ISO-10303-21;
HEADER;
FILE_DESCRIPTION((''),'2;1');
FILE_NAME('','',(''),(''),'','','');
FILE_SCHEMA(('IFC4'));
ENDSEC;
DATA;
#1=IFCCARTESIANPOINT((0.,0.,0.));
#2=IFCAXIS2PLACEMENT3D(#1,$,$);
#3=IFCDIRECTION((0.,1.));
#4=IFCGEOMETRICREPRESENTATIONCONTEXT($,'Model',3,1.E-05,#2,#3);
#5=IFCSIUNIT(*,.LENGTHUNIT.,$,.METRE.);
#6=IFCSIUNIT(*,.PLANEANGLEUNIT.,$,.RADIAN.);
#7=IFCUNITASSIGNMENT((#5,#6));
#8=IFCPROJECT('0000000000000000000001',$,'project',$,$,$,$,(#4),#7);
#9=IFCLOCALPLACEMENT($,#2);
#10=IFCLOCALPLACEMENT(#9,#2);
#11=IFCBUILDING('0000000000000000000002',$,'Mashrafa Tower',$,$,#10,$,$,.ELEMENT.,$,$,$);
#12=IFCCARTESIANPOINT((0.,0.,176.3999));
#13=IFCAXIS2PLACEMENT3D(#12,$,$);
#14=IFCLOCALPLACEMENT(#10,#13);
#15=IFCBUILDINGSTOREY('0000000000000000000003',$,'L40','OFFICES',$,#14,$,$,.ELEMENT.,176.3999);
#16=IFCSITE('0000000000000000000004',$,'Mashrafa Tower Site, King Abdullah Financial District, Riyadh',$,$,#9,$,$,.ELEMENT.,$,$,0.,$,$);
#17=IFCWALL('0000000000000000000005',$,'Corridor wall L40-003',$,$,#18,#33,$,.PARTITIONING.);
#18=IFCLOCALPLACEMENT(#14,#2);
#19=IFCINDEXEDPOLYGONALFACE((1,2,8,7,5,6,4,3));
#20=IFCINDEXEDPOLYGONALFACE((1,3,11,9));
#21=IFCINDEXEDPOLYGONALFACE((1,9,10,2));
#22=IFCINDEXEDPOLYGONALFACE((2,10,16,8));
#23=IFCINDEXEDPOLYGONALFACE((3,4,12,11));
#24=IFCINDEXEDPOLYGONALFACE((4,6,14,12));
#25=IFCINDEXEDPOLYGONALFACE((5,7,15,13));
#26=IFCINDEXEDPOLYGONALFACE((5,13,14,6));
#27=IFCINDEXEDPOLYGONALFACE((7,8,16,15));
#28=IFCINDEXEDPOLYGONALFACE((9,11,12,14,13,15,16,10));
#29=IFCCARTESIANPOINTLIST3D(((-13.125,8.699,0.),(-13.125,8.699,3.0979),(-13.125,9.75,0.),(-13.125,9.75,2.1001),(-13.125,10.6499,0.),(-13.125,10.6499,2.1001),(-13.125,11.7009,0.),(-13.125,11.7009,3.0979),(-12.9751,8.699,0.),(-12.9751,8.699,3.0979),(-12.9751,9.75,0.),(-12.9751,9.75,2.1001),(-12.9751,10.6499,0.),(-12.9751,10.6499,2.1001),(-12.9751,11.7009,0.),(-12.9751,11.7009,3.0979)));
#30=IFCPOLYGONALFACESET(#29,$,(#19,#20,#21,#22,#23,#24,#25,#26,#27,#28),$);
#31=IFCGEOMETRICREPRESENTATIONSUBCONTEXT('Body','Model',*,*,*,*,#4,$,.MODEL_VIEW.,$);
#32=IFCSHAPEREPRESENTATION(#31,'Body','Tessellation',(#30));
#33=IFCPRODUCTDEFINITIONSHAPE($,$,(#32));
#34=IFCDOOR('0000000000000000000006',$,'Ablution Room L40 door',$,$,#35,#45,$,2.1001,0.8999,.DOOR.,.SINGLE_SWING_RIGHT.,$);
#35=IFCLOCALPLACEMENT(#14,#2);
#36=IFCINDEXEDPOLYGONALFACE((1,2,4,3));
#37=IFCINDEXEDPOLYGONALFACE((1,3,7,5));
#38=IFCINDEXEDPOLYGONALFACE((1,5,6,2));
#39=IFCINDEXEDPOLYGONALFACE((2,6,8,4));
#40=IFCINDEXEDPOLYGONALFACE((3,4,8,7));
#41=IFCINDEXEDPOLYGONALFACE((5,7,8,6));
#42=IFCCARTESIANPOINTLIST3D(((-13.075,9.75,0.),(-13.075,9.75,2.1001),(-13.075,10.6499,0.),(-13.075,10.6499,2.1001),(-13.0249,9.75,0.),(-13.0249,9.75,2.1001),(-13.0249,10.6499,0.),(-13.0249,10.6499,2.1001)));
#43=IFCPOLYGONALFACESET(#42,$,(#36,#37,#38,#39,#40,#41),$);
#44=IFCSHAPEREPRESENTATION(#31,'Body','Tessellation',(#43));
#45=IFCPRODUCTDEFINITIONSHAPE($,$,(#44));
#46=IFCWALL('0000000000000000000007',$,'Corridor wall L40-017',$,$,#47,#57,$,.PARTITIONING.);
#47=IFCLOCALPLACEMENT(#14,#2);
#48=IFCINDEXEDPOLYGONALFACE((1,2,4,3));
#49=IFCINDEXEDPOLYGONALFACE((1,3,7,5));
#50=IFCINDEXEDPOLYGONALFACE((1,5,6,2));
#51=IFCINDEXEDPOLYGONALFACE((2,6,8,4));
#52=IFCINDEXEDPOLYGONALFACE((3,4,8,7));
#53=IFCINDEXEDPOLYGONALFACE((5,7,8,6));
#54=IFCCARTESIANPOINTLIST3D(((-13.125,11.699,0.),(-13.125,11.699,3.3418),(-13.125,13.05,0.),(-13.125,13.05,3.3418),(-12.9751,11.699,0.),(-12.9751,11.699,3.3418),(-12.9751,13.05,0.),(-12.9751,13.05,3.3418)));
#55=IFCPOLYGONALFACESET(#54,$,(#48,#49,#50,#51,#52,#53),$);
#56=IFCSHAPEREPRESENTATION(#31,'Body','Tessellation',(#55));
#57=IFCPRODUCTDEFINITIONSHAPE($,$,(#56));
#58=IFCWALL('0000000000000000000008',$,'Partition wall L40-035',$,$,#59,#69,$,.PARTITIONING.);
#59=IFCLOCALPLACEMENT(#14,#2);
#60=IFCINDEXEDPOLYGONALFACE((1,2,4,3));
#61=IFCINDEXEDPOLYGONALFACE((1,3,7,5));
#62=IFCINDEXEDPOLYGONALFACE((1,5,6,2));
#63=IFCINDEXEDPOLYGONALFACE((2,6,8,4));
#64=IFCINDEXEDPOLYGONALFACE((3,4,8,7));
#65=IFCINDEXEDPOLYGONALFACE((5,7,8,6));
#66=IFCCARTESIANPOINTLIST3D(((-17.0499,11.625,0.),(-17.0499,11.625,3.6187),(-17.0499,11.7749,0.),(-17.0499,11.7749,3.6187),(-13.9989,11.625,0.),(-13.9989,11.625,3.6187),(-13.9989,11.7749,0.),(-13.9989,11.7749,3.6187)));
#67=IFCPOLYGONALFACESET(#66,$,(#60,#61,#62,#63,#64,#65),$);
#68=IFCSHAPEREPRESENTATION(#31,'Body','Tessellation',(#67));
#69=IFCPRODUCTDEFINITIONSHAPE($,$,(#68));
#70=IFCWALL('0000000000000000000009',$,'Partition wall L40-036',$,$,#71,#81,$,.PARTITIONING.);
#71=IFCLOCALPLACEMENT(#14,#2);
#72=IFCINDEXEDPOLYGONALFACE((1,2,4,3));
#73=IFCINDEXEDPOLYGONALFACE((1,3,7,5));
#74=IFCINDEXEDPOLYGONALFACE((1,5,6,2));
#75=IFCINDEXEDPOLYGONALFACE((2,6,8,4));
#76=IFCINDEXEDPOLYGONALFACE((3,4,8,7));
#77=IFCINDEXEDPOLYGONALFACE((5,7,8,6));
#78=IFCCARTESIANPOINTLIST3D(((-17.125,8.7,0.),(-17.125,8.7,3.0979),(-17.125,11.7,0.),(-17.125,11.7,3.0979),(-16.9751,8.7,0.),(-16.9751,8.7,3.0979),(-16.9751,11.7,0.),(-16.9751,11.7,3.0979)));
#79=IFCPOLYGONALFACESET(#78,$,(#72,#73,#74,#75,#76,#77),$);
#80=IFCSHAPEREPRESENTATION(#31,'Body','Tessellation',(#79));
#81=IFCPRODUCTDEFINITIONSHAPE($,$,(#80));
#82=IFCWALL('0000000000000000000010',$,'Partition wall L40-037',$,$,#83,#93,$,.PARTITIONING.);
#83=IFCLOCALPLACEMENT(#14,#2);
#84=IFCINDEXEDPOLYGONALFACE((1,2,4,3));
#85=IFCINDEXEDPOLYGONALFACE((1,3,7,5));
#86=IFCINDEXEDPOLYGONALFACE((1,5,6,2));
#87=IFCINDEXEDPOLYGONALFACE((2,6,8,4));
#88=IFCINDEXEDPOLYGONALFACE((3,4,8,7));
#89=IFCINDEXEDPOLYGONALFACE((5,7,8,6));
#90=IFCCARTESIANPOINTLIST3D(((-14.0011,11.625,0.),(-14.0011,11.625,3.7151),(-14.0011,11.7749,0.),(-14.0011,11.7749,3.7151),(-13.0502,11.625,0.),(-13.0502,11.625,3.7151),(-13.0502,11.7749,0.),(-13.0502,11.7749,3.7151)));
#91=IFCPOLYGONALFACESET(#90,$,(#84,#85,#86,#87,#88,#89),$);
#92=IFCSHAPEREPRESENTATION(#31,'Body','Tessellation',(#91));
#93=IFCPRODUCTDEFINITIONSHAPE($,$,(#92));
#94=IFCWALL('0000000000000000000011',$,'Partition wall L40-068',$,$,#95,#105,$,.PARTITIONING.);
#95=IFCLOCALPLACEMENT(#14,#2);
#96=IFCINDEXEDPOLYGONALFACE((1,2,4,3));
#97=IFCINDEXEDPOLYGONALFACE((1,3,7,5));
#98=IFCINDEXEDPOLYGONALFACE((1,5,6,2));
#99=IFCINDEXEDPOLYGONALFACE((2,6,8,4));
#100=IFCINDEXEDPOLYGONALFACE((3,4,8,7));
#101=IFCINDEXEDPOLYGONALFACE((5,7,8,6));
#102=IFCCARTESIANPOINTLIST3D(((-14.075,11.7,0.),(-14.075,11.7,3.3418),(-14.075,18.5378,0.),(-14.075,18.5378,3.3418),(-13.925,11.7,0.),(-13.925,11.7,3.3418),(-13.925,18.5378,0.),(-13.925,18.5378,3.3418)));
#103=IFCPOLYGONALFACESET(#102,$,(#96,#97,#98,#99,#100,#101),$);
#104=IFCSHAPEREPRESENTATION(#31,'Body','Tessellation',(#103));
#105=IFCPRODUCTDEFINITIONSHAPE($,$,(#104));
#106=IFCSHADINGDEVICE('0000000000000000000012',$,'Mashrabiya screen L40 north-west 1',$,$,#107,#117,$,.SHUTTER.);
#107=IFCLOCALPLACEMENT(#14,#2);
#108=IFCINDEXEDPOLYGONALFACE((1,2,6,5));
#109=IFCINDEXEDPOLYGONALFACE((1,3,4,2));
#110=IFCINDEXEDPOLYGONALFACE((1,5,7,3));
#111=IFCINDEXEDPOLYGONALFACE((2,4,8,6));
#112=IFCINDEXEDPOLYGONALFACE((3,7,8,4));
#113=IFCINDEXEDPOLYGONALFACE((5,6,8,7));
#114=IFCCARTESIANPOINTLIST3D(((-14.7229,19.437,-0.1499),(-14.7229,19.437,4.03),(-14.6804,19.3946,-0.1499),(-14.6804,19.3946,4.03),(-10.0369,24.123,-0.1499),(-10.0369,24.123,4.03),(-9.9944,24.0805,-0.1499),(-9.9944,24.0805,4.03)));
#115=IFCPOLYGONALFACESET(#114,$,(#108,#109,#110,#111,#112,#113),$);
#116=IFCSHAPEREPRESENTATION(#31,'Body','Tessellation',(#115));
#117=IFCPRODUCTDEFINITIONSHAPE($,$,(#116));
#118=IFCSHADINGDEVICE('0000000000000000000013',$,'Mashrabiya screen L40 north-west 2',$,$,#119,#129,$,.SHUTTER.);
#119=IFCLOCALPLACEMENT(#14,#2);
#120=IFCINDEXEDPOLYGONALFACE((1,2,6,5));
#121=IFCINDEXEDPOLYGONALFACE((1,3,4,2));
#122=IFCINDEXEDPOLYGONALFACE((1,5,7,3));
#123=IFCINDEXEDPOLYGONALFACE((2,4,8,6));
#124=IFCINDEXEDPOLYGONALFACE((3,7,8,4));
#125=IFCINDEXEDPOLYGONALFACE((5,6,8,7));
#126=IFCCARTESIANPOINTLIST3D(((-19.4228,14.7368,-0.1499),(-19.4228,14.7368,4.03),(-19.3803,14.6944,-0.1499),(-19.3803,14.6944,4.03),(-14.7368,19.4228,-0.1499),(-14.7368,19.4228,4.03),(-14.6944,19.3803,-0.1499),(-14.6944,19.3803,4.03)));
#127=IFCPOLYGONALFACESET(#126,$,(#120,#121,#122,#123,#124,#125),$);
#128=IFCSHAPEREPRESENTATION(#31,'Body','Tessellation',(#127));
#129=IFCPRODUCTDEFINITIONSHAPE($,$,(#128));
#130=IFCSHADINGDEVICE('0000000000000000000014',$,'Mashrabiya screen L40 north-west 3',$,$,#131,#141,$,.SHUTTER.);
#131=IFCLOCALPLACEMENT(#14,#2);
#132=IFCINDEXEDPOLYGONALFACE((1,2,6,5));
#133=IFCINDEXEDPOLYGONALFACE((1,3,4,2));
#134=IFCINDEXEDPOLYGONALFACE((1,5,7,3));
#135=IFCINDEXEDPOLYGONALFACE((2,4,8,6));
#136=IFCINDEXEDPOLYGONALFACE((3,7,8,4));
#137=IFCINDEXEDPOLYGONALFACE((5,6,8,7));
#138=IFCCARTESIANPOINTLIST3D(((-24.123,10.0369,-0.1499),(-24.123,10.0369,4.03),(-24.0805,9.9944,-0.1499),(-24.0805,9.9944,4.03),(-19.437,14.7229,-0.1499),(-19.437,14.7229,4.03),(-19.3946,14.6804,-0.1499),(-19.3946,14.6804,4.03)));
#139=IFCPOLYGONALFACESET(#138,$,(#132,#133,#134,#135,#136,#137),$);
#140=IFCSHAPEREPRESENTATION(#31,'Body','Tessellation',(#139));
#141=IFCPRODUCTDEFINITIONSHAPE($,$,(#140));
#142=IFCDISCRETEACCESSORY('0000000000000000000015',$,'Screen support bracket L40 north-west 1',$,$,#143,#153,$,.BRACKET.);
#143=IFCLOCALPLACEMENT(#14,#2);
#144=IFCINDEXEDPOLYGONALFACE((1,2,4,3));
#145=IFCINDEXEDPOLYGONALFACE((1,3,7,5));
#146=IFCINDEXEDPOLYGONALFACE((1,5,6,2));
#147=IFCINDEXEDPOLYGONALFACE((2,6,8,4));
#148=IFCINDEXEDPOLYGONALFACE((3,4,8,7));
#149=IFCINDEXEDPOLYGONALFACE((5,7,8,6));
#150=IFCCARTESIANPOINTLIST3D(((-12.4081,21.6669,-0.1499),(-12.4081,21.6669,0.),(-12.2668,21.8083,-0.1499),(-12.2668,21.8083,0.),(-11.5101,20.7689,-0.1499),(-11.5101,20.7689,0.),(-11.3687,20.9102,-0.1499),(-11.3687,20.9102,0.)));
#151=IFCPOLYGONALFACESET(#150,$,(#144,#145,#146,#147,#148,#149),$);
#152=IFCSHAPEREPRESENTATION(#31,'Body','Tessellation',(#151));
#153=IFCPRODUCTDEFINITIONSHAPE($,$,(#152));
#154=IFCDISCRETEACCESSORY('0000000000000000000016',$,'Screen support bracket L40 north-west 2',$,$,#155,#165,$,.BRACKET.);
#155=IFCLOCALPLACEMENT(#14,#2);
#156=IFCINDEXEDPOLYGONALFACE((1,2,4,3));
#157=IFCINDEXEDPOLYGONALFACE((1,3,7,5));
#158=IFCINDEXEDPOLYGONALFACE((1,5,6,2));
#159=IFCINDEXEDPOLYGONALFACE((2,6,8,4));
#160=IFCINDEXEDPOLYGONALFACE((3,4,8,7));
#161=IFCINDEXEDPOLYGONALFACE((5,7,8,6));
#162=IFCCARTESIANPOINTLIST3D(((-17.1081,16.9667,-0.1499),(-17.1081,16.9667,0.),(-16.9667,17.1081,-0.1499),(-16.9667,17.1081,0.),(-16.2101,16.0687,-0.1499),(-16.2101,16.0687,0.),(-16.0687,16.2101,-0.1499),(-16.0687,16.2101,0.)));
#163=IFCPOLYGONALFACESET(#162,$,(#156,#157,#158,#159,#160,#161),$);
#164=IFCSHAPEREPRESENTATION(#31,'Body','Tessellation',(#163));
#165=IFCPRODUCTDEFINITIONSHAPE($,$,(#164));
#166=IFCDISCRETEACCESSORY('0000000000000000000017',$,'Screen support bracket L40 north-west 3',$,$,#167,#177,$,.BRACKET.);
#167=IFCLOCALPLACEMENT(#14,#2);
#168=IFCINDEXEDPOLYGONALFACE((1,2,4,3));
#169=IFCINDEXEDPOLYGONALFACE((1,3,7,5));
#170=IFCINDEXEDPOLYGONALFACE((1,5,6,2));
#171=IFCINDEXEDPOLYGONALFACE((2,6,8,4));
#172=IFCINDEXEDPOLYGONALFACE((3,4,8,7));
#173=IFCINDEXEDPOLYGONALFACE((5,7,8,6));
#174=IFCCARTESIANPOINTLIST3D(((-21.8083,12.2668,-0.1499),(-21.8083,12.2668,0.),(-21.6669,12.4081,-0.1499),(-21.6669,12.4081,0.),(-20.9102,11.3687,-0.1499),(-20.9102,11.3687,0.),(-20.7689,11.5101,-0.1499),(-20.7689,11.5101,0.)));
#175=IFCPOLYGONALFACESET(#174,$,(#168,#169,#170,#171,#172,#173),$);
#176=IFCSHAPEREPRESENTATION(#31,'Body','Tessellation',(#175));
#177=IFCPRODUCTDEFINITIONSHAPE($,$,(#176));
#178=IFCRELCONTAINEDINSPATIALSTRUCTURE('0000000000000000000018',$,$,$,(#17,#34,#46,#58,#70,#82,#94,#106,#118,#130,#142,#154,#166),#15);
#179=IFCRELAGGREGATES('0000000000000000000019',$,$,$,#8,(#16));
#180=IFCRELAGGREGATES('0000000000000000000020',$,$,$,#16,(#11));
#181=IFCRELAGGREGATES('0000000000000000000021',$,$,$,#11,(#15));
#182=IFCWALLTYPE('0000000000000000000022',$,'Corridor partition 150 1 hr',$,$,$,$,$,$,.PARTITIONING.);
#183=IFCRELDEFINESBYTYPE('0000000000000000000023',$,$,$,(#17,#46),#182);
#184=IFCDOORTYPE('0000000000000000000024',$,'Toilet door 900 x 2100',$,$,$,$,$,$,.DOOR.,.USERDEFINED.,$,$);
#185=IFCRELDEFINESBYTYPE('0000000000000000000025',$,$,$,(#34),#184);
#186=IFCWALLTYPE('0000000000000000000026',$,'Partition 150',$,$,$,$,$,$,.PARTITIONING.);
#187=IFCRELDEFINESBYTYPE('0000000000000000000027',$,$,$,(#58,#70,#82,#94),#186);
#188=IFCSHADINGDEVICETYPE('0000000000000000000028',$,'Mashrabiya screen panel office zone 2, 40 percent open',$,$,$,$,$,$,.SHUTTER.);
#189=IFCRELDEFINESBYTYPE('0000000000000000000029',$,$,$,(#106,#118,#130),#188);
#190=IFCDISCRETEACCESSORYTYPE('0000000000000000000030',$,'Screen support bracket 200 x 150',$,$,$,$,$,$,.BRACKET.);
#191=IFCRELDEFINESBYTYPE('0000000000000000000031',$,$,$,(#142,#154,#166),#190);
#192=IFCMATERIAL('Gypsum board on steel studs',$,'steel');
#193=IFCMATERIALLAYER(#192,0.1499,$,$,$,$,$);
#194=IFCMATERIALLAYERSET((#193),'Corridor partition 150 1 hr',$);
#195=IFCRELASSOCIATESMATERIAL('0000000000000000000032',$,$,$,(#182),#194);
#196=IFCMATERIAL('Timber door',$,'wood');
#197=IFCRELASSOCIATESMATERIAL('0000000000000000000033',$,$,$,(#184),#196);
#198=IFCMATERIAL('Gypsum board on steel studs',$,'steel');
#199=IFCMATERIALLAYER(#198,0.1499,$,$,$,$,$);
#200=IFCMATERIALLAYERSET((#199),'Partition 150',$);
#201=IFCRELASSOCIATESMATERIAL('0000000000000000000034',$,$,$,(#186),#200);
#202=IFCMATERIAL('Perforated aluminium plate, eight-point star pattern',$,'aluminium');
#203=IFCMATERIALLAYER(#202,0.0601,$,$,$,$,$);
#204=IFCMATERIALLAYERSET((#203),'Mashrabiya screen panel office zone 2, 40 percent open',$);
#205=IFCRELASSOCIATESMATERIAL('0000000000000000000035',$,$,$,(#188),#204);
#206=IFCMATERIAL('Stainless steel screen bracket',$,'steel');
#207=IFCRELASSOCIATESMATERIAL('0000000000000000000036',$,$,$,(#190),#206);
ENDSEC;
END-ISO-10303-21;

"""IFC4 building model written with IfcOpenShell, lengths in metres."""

from ifc_helpers import new_model, si_unit, direction, frame, frame_2d, origin, origin_2d, place, context, subcontext, project, spatial, rectangle, extrude, source, transform, mapped, material, layer, layer_set, type_object, type_shapes, element, fill, save


model = new_model("IFC4")

# Units and contexts
model_context = context("Model", 3, precision=1e-05, world=origin(), true_north=direction((0.0, 1.0)))
body_context = subcontext(model_context, "Body", "Model", "MODEL_VIEW")
ifc_project = project(units=[si_unit("LENGTHUNIT", "METRE"), si_unit("PLANEANGLEUNIT", "RADIAN")], contexts=[model_context])

# Site, building, storey
site_placement = place(None, origin())
site = spatial("IfcSite", under=ifc_project, at=site_placement, Name="Mashrafa Tower Site, King Abdullah Financial District, Riyadh", CompositionType="ELEMENT", RefElevation=0.0)
building_placement = place(site_placement, origin())
building = spatial("IfcBuilding", under=site, at=building_placement, Name="Mashrafa Tower", CompositionType="ELEMENT")
storey_placement = place(building_placement, frame((0.0, 0.0, 176.3999)))
storey = spatial("IfcBuildingStorey", under=building, at=storey_placement, Name="L40", Description="OFFICES", CompositionType="ELEMENT", Elevation=176.3999)

# Wall, opening, door
ifc_material_1 = material(Name="Gypsum board on steel studs", Category="steel")
ifc_layer_1 = layer(ifc_material_1, 0.1499)
ifc_layer_set_1 = layer_set([ifc_layer_1], Name="Corridor partition 150 1 hr")
wall_type_1 = type_object("IfcWallType", Name="Corridor partition 150 1 hr", PredefinedType="PARTITIONING", material=ifc_layer_set_1)
wall_1_placement = place(storey_placement, frame((-13.05, 11.7009, 0.0), z_axis=(0.0, 0.0, 1.0), x_axis=(0.0, -1.0, 0.0)))
wall_1 = element("IfcWall", 1, at=wall_1_placement, inside=storey, type_object=wall_type_1, Name="Corridor wall L40-003", PredefinedType="PARTITIONING", context=body_context, shape_type="SweptSolid", body=[
    extrude(rectangle(XDim=3.002, YDim=0.1499, at=frame_2d((1.501, 0.0))), origin(), (0.0, 0.0, 1.0), 3.0979),
])
opening_placement = place(wall_1_placement, frame((1.051, 0.0, 0.0)))
opening = element("IfcOpeningElement", 2, at=opening_placement, cuts=wall_1, PredefinedType="OPENING", context=body_context, shape_type="SweptSolid", body=[
    extrude(rectangle(XDim=0.8999, YDim=2.1001, at=frame_2d((0.45, 1.05))), frame((0.0, 0.085, 0.0), z_axis=(0.0, -1.0, 0.0), x_axis=(1.0, 0.0, 0.0)), (0.0, 0.0, 1.0), 0.1699),
])
ifc_material_2 = material(Name="Timber door", Category="wood")
door_type = type_object("IfcDoorType", Name="Toilet door 900 x 2100", OperationType="USERDEFINED", PredefinedType="DOOR", material=ifc_material_2)
door_placement = place(opening_placement, frame((0.8999, 0.0, 0.0), z_axis=(0.0, 0.0, 1.0), x_axis=(-1.0, 0.0, 0.0)))
door = element("IfcDoor", 3, at=door_placement, inside=storey, type_object=door_type, Name="Ablution Room L40 door", OperationType="SINGLE_SWING_RIGHT", OverallHeight=2.1001, OverallWidth=0.8999, PredefinedType="DOOR", context=body_context, shape_type="SweptSolid", body=[
    extrude(rectangle(XDim=0.8999, YDim=2.1001, at=frame_2d((0.45, 1.05))), frame((0.0, 0.0249, 0.0), z_axis=(0.0, -1.0, 0.0), x_axis=(1.0, 0.0, 0.0)), (0.0, 0.0, 1.0), 0.05),
])
fill(opening, door)

# Walls
wall_2_placement = place(storey_placement, frame((-13.05, 13.05, 0.0), z_axis=(0.0, 0.0, 1.0), x_axis=(0.0, -1.0, 0.0)))
element("IfcWall", 4, at=wall_2_placement, inside=storey, type_object=wall_type_1, Name="Corridor wall L40-017", PredefinedType="PARTITIONING", context=body_context, shape_type="SweptSolid", body=[
    extrude(rectangle(XDim=1.3511, YDim=0.1499, at=frame_2d((0.6755, 0.0))), origin(), (0.0, 0.0, 1.0), 3.3418),
])
ifc_material_3 = material(Name="Gypsum board on steel studs", Category="steel")
ifc_layer_2 = layer(ifc_material_3, 0.1499)
ifc_layer_set_2 = layer_set([ifc_layer_2], Name="Partition 150")
wall_type_2 = type_object("IfcWallType", Name="Partition 150", PredefinedType="PARTITIONING", material=ifc_layer_set_2)
wall_3_placement = place(storey_placement, frame((-13.999, 11.7, 0.0), z_axis=(0.0, 0.0, 1.0), x_axis=(-1.0, 0.0, 0.0)))
element("IfcWall", 5, at=wall_3_placement, inside=storey, type_object=wall_type_2, Name="Partition wall L40-035", PredefinedType="PARTITIONING", context=body_context, shape_type="SweptSolid", body=[
    extrude(rectangle(XDim=3.051, YDim=0.1499, at=frame_2d((1.5254, 0.0))), origin(), (0.0, 0.0, 1.0), 3.6187),
])
wall_4_placement = place(storey_placement, frame((-17.05, 11.7, 0.0), z_axis=(0.0, 0.0, 1.0), x_axis=(0.0, -1.0, 0.0)))
element("IfcWall", 6, at=wall_4_placement, inside=storey, type_object=wall_type_2, Name="Partition wall L40-036", PredefinedType="PARTITIONING", context=body_context, shape_type="SweptSolid", body=[
    extrude(rectangle(XDim=3.0, YDim=0.1499, at=frame_2d((1.5, 0.0))), origin(), (0.0, 0.0, 1.0), 3.0979),
])
wall_5_placement = place(storey_placement, frame((-13.05, 11.7, 0.0), z_axis=(0.0, 0.0, 1.0), x_axis=(-1.0, 0.0, 0.0)))
element("IfcWall", 7, at=wall_5_placement, inside=storey, type_object=wall_type_2, Name="Partition wall L40-037", PredefinedType="PARTITIONING", context=body_context, shape_type="SweptSolid", body=[
    extrude(rectangle(XDim=0.9509, YDim=0.1499, at=frame_2d((0.4756, 0.0))), origin(), (0.0, 0.0, 1.0), 3.7151),
])
wall_6_placement = place(storey_placement, frame((-14.0, 11.7, 0.0), z_axis=(0.0, 0.0, 1.0), x_axis=(0.0, 1.0, 0.0)))
element("IfcWall", 8, at=wall_6_placement, inside=storey, type_object=wall_type_2, Name="Partition wall L40-068", PredefinedType="PARTITIONING", context=body_context, shape_type="SweptSolid", body=[
    extrude(rectangle(XDim=6.8379, YDim=0.1499, at=frame_2d((3.4189, 0.0))), origin(), (0.0, 0.0, 1.0), 3.3418),
])

# Shading devices
ifc_material_4 = material(Name="Perforated aluminium plate, eight-point star pattern", Category="aluminium")
ifc_layer_3 = layer(ifc_material_4, 0.0601)
ifc_layer_set_3 = layer_set([ifc_layer_3], Name="Mashrabiya screen panel office zone 2, 40 percent open")
shading_device_type = type_object("IfcShadingDeviceType", Name="Mashrabiya screen panel office zone 2, 40 percent open", PredefinedType="SHUTTER", material=ifc_layer_set_3)
shared_shape_1 = source(origin(), body_context, "Body", "SweptSolid", [
    extrude(rectangle(XDim=6.627, YDim=0.0601, at=origin_2d()), origin(), (0.0, 0.0, 1.0), 4.1799),
])
type_shapes(shading_device_type, [shared_shape_1])
for number, where, z_axis, x_axis, name in (
    (9, (-12.3586, 21.7588, -0.1499), (0.0, 0.0, 1.0), (-0.707107, -0.707107, 0.0), "Mashrabiya screen L40 north-west 1"),
    (10, (-17.0586, 17.0586, -0.1499), (0.0, 0.0, 1.0), (-0.707107, -0.707107, 0.0), "Mashrabiya screen L40 north-west 2"),
    (11, (-21.7588, 12.3586, -0.1499), (0.0, 0.0, 1.0), (-0.707107, -0.707107, 0.0), "Mashrabiya screen L40 north-west 3"),
):
    element("IfcShadingDevice", number, at=place(storey_placement, frame(where, z_axis=z_axis, x_axis=x_axis)), inside=storey, type_object=shading_device_type, Name=name, PredefinedType="SHUTTER", context=body_context, shape_type="MappedRepresentation", body=[
        mapped(shared_shape_1, transform((0.0, 0.0, 0.0))),
    ])

# Discrete accessories
ifc_material_5 = material(Name="Stainless steel screen bracket", Category="steel")
discrete_accessory_type = type_object("IfcDiscreteAccessoryType", Name="Screen support bracket 200 x 150", PredefinedType="BRACKET", material=ifc_material_5)
shared_shape_2 = source(origin(), body_context, "Body", "SweptSolid", [
    extrude(rectangle(XDim=0.2, YDim=1.27, at=origin_2d()), origin(), (0.0, 0.0, 1.0), 0.1499),
])
type_shapes(discrete_accessory_type, [shared_shape_2])
for number, where, z_axis, x_axis, name in (
    (12, (-11.8884, 21.2886, -0.1499), (0.0, 0.0, 1.0), (-0.707107, -0.707107, 0.0), "Screen support bracket L40 north-west 1"),
    (13, (-16.5884, 16.5884, -0.1499), (0.0, 0.0, 1.0), (-0.707107, -0.707107, 0.0), "Screen support bracket L40 north-west 2"),
    (14, (-21.2886, 11.8884, -0.1499), (0.0, 0.0, 1.0), (-0.707107, -0.707107, 0.0), "Screen support bracket L40 north-west 3"),
):
    element("IfcDiscreteAccessory", number, at=place(storey_placement, frame(where, z_axis=z_axis, x_axis=x_axis)), inside=storey, type_object=discrete_accessory_type, Name=name, PredefinedType="BRACKET", context=body_context, shape_type="MappedRepresentation", body=[
        mapped(shared_shape_2, transform((0.0, 0.0, 0.0))),
    ])

save(model, "model.ifc")
